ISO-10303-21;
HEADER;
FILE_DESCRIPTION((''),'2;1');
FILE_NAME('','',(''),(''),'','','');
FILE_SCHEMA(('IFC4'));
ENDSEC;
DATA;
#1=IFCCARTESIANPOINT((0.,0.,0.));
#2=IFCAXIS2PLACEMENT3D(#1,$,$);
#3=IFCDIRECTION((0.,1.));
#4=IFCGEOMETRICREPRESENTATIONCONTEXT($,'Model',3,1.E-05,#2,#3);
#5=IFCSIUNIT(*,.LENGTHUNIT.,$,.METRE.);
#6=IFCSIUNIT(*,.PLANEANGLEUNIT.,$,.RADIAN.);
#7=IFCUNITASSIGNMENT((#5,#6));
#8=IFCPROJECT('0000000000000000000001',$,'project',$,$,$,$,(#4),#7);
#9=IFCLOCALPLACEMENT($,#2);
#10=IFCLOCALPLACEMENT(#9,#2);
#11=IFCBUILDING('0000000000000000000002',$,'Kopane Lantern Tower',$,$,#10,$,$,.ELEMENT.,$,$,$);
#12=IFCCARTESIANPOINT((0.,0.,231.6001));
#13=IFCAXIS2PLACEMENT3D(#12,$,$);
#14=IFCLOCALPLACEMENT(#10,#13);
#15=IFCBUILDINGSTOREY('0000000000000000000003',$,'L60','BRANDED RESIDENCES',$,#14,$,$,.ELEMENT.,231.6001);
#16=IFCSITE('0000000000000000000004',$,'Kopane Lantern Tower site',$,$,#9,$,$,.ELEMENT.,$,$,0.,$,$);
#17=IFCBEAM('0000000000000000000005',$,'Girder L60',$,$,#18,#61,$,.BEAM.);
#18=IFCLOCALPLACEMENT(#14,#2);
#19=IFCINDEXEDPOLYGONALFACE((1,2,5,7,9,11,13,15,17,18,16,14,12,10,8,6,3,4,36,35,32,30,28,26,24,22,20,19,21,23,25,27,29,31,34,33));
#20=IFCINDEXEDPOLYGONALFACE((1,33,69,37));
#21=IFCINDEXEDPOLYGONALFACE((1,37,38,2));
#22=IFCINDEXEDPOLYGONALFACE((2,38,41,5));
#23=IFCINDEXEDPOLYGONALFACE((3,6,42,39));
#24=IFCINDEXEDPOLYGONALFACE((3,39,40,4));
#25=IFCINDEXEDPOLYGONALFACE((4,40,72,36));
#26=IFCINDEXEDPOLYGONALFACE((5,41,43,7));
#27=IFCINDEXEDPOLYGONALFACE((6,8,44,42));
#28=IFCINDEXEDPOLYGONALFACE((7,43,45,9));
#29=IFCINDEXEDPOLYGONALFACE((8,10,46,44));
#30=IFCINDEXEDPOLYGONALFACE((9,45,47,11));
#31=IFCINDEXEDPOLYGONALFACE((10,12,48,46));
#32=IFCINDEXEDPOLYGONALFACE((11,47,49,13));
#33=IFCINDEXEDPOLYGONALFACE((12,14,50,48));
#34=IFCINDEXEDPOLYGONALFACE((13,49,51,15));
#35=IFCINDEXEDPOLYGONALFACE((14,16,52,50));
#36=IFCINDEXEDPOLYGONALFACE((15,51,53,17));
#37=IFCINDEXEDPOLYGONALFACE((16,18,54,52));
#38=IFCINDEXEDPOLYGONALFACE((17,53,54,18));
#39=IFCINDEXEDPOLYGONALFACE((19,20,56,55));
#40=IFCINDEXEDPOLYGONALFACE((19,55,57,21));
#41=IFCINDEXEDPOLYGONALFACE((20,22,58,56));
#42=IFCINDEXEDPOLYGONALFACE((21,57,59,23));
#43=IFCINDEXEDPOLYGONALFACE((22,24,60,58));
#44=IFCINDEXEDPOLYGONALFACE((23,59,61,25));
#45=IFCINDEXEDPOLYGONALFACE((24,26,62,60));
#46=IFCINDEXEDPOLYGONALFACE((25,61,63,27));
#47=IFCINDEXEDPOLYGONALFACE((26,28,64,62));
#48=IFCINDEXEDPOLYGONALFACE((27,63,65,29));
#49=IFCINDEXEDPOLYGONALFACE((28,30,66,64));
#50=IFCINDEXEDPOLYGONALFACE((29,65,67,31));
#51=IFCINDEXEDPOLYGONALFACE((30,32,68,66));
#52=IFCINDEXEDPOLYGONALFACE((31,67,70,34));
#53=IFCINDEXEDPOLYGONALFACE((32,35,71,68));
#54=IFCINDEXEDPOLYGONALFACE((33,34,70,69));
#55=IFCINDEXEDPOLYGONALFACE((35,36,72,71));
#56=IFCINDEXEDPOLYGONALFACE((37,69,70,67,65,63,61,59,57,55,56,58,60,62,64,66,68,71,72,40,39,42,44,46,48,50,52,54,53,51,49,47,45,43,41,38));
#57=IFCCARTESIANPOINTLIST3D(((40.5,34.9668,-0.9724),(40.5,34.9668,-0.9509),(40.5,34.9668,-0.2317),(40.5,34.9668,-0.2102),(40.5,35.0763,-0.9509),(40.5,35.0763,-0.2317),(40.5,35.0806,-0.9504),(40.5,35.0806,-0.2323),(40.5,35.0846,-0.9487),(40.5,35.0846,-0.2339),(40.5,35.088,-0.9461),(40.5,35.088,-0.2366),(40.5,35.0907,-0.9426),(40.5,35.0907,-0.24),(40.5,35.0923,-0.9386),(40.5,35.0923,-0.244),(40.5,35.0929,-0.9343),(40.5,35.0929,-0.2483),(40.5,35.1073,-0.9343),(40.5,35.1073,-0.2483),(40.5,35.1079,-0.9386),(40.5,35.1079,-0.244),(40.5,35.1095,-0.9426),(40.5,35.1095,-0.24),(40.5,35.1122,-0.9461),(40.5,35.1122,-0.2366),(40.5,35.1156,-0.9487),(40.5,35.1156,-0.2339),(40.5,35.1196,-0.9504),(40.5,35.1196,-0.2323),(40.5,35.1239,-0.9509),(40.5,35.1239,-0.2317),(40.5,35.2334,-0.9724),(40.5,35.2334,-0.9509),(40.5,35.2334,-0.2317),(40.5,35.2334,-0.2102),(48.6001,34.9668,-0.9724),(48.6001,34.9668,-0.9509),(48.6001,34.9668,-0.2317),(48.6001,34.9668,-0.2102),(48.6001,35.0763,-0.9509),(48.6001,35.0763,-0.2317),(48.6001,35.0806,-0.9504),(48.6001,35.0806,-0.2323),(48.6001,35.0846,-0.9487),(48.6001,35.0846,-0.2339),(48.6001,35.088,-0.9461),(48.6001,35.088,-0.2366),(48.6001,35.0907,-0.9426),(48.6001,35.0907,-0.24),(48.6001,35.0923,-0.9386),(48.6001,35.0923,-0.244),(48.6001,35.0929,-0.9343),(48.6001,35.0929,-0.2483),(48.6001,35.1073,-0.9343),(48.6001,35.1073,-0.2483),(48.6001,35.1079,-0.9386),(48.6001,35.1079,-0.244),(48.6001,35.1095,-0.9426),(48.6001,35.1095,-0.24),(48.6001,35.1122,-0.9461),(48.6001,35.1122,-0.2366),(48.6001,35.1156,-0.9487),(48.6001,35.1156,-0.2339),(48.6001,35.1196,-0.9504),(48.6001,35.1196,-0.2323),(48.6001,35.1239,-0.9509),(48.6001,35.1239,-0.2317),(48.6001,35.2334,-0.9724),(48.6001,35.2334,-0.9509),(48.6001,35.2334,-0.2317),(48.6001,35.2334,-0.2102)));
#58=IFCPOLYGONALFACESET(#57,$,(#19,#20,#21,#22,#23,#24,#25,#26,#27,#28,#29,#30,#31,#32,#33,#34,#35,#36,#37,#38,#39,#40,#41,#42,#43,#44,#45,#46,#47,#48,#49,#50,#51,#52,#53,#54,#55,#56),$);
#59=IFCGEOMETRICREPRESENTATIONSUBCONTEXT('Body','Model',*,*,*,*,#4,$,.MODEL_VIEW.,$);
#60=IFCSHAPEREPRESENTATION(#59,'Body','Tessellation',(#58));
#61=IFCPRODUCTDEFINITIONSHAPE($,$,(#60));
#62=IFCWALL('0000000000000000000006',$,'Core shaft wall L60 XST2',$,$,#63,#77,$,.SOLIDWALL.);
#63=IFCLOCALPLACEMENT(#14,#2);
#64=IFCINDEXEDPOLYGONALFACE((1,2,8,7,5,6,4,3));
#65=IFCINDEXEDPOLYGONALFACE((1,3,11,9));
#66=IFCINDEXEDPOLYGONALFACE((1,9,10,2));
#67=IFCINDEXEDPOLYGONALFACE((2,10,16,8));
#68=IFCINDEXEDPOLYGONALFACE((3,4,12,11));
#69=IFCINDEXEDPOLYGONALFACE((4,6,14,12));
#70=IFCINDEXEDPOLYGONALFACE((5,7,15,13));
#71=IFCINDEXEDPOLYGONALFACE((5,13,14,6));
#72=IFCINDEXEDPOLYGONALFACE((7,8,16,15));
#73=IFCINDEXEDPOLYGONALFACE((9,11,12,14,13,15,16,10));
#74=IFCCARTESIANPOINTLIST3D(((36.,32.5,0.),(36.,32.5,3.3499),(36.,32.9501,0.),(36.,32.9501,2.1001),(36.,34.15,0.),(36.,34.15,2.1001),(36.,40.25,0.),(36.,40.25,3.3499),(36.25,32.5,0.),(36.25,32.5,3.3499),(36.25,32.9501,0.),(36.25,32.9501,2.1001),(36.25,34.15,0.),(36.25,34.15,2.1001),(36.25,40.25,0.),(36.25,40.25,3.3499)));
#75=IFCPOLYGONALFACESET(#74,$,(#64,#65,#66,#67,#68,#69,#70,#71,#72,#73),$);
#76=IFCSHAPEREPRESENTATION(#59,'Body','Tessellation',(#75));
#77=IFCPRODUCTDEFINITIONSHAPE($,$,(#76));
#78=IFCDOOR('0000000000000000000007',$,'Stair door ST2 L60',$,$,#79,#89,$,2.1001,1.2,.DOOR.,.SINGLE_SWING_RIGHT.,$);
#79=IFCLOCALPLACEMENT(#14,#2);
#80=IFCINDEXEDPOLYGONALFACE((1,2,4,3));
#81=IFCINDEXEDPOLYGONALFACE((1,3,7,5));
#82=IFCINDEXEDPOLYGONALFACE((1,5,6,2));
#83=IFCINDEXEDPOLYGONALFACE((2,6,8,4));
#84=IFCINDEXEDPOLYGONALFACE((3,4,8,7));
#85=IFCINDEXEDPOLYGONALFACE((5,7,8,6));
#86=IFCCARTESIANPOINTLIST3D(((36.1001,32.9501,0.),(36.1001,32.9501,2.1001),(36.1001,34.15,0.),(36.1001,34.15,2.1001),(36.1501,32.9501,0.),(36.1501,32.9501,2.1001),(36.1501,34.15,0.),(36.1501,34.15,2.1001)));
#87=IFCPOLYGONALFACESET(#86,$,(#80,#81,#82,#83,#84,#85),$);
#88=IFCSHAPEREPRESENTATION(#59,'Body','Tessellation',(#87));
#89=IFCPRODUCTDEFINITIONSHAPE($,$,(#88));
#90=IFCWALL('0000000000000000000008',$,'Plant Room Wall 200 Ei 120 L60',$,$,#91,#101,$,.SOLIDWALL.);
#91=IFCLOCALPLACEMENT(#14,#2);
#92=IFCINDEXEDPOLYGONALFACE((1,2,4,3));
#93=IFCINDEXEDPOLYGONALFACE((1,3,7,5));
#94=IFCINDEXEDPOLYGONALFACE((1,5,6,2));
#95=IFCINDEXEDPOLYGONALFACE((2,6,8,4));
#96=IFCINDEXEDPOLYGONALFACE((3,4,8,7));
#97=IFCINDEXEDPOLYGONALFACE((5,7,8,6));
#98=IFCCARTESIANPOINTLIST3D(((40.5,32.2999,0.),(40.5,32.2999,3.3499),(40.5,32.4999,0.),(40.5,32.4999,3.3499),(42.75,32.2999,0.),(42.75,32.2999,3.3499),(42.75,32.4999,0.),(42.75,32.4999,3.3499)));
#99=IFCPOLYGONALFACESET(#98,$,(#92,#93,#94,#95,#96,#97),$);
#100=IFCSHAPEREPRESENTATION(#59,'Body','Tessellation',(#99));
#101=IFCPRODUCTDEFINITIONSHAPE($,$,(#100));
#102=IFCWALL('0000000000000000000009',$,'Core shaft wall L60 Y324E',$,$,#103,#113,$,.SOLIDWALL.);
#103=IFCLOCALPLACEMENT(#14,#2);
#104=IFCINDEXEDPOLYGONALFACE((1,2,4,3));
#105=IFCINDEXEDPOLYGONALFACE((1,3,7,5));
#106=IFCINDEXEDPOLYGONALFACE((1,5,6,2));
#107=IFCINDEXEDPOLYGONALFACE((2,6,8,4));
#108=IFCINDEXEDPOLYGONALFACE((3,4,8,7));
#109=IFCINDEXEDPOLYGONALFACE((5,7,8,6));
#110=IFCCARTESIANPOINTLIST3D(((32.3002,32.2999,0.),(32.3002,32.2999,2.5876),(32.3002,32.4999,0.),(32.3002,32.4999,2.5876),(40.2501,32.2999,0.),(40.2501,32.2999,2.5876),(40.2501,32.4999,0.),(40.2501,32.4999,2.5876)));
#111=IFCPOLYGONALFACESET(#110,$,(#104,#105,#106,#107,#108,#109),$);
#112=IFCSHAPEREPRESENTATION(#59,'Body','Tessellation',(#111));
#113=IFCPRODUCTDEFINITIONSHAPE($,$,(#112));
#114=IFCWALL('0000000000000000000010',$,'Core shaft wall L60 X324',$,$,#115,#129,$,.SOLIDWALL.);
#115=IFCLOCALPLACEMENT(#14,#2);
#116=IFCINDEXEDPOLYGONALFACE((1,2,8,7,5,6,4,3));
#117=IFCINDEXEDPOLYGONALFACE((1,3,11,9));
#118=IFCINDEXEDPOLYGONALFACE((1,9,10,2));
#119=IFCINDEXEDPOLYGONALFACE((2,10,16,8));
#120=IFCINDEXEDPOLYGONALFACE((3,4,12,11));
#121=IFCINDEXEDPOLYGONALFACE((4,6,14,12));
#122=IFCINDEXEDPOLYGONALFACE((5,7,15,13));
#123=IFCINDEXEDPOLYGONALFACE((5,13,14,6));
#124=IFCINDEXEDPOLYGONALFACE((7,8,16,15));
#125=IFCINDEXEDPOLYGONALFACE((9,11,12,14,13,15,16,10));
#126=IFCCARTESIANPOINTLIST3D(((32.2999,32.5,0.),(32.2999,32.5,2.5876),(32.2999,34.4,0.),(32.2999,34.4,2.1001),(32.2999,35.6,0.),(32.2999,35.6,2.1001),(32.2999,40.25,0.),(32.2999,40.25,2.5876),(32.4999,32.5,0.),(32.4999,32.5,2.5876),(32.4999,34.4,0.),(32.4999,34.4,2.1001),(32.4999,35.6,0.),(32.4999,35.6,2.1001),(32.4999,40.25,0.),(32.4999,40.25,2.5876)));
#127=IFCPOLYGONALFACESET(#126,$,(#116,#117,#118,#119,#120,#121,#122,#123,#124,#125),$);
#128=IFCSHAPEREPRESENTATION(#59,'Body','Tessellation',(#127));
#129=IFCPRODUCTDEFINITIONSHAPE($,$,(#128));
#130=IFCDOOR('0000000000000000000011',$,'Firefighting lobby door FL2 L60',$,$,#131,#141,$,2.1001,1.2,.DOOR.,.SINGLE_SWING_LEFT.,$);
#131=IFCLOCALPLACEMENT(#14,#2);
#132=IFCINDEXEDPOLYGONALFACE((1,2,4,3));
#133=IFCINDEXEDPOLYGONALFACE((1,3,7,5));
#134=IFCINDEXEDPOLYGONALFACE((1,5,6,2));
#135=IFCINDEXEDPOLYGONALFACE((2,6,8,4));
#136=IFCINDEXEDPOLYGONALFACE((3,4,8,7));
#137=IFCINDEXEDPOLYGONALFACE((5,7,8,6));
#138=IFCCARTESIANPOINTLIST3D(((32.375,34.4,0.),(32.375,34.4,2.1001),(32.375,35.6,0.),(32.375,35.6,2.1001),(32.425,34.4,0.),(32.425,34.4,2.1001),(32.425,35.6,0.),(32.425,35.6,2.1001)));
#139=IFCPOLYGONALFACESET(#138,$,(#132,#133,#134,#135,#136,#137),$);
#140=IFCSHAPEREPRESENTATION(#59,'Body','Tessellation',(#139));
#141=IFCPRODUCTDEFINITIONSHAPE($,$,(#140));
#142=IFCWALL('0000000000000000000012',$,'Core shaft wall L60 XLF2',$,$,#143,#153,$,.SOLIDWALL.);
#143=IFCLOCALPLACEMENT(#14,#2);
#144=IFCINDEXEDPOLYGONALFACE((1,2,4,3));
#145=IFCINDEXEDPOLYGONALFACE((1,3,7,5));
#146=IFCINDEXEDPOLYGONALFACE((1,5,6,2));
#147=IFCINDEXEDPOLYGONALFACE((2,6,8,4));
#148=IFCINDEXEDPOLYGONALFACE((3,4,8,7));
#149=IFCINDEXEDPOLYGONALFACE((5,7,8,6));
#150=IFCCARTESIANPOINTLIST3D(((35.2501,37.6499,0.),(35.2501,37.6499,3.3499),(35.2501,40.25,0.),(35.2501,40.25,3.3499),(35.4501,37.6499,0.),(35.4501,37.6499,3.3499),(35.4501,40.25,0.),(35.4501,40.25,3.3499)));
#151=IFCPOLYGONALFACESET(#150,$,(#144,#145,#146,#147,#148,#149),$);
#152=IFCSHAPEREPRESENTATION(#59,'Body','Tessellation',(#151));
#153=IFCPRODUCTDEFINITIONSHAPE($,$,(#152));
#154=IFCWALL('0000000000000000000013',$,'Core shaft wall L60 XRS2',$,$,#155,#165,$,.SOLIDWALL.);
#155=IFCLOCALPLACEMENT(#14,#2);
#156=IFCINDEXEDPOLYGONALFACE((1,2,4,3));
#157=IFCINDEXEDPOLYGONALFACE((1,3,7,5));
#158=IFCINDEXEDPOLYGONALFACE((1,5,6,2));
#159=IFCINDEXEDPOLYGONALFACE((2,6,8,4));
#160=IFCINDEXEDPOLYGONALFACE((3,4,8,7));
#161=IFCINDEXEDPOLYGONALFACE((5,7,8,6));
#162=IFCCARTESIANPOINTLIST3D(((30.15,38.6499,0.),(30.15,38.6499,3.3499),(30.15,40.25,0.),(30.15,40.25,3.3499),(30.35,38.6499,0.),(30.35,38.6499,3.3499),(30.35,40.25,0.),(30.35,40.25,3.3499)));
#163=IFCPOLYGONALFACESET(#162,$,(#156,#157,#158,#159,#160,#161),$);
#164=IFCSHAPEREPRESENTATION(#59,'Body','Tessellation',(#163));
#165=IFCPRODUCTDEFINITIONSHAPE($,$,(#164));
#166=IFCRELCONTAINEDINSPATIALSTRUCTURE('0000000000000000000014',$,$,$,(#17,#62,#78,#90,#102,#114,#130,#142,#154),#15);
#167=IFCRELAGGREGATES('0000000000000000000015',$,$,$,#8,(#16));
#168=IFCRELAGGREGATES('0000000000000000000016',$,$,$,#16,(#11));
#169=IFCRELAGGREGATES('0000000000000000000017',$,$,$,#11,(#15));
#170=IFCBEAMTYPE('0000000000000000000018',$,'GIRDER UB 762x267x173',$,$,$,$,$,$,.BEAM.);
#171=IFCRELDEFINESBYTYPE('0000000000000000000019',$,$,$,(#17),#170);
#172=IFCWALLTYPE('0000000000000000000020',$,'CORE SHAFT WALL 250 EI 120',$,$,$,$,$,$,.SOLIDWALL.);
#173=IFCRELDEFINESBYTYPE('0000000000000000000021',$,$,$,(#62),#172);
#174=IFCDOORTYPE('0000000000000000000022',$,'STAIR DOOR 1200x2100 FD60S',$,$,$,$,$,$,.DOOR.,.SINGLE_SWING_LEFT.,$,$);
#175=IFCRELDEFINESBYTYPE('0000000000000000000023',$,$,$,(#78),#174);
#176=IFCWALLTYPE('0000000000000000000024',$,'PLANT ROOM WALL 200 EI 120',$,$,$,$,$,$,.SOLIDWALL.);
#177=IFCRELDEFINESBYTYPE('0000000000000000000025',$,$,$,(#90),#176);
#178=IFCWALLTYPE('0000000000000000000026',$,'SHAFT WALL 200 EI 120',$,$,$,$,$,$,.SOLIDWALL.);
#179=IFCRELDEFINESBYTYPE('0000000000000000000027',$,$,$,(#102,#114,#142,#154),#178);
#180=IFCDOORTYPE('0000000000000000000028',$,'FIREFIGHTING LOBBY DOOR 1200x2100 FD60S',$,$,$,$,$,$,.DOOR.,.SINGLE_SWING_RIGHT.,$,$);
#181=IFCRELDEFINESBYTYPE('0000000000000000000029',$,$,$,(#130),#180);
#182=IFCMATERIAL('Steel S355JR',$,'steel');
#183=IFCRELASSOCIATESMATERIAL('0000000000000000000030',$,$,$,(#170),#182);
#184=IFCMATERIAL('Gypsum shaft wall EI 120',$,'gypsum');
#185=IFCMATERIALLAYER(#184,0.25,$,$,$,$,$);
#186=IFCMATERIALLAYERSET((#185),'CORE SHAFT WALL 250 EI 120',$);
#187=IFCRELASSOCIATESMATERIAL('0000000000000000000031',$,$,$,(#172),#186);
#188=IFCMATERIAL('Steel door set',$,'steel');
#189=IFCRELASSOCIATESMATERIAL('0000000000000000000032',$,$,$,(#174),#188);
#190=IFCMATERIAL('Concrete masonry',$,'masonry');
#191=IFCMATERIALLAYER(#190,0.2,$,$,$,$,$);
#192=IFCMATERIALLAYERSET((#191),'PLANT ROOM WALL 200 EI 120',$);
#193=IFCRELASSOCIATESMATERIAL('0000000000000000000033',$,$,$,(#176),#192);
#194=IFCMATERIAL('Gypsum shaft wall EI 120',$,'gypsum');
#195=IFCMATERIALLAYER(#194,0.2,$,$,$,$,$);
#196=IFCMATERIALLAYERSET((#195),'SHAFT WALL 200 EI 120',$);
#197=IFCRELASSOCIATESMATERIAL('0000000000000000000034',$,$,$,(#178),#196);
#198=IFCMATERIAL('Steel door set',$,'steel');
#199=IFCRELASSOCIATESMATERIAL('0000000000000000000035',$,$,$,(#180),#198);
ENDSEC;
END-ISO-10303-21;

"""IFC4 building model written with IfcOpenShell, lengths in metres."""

from ifc_helpers import new_model, si_unit, direction, frame, frame_2d, origin, origin_2d, place, context, subcontext, project, spatial, rectangle, i_section, extrude, material, layer, layer_set, material_profile, profile_set, type_object, element, fill, save


model = new_model("IFC4")

# Units and contexts
model_context = context("Model", 3, precision=1e-05, world=origin(), true_north=direction((0.0, 1.0)))
body_context = subcontext(model_context, "Body", "Model", "MODEL_VIEW")
ifc_project = project(units=[si_unit("LENGTHUNIT", "METRE"), si_unit("PLANEANGLEUNIT", "RADIAN")], contexts=[model_context])

# Site, building, storey
site_placement = place(None, origin())
site = spatial("IfcSite", under=ifc_project, at=site_placement, Name="Kopane Lantern Tower site", CompositionType="ELEMENT", RefElevation=0.0)
building_placement = place(site_placement, origin())
building = spatial("IfcBuilding", under=site, at=building_placement, Name="Kopane Lantern Tower", CompositionType="ELEMENT")
storey_placement = place(building_placement, frame((0.0, 0.0, 231.6001)))
storey = spatial("IfcBuildingStorey", under=building, at=storey_placement, Name="L60", Description="BRANDED RESIDENCES", CompositionType="ELEMENT", Elevation=231.6001)

# Beam
ifc_material_1 = material(Name="Steel S355JR", Category="steel")
ifc_material_profile_1 = material_profile(ifc_material_1, i_section(OverallWidth=0.2666, OverallDepth=0.7622, WebThickness=0.0144, FlangeThickness=0.0215, FilletRadius=0.0166, at=origin_2d()), Name="UB 762x267x173")
ifc_profile_set_1 = profile_set([ifc_material_profile_1], Name="Steel S355JR")
beam_type_1 = type_object("IfcBeamType", Name="GIRDER UB 762x267x173", PredefinedType="BEAM", material=ifc_profile_set_1)
for number, where, z_axis, x_axis, name in (
    (1, (40.5, 35.1001, -0.5913), (1.0, 0.0, 0.0), (0.0, 1.0, 0.0), "Girder L60"),
):
    element("IfcBeam", number, at=place(storey_placement, frame(where, z_axis=z_axis, x_axis=x_axis)), inside=storey, type_object=beam_type_1, Name=name, PredefinedType="BEAM", context=body_context, shape_type="SweptSolid", body=[
        extrude(i_section(OverallWidth=0.2666, OverallDepth=0.7622, WebThickness=0.0144, FlangeThickness=0.0215, FilletRadius=0.0166, at=origin_2d()), origin(), (0.0, 0.0, 1.0), 8.1001),
    ])

# Wall, opening, door
ifc_material_2 = material(Name="Gypsum shaft wall EI 120", Category="gypsum")
ifc_layer_1 = layer(ifc_material_2, 0.25)
ifc_layer_set_1 = layer_set([ifc_layer_1], Name="CORE SHAFT WALL 250 EI 120")
wall_type_1 = type_object("IfcWallType", Name="CORE SHAFT WALL 250 EI 120", PredefinedType="SOLIDWALL", material=ifc_layer_set_1)
wall_1_placement = place(storey_placement, frame((36.125, 32.5, 0.0), z_axis=(0.0, 0.0, 1.0), x_axis=(0.0, 1.0, 0.0)))
wall_1 = element("IfcWall", 2, at=wall_1_placement, inside=storey, type_object=wall_type_1, Name="Core shaft wall L60 XST2", PredefinedType="SOLIDWALL", context=body_context, shape_type="SweptSolid", body=[
    extrude(rectangle(XDim=7.75, YDim=0.25, at=frame_2d((3.875, 0.0))), origin(), (0.0, 0.0, 1.0), 3.3499),
])
opening_1_placement = place(wall_1_placement, frame((0.45, 0.0, 0.0)))
opening_1 = element("IfcOpeningElement", 3, at=opening_1_placement, cuts=wall_1, PredefinedType="OPENING", context=body_context, shape_type="SweptSolid", body=[
    extrude(rectangle(XDim=1.2, YDim=2.1001, at=frame_2d((0.6001, 1.05))), frame((0.0, 0.135, 0.0), z_axis=(0.0, -1.0, 0.0), x_axis=(1.0, 0.0, 0.0)), (0.0, 0.0, 1.0), 0.27),
])
ifc_material_3 = material(Name="Steel door set", Category="steel")
door_type_1 = type_object("IfcDoorType", Name="STAIR DOOR 1200x2100 FD60S", OperationType="SINGLE_SWING_LEFT", PredefinedType="DOOR", material=ifc_material_3)
door_1_placement = place(opening_1_placement, origin())
door_1 = element("IfcDoor", 4, at=door_1_placement, inside=storey, type_object=door_type_1, Name="Stair door ST2 L60", OperationType="SINGLE_SWING_RIGHT", OverallHeight=2.1001, OverallWidth=1.2, PredefinedType="DOOR", context=body_context, shape_type="SweptSolid", body=[
    extrude(rectangle(XDim=1.2, YDim=2.1001, at=frame_2d((0.6001, 1.05))), frame((0.0, 0.0249, 0.0), z_axis=(0.0, -1.0, 0.0), x_axis=(1.0, 0.0, 0.0)), (0.0, 0.0, 1.0), 0.05),
])
fill(opening_1, door_1)

# Walls
ifc_material_4 = material(Name="Concrete masonry", Category="masonry")
ifc_layer_2 = layer(ifc_material_4, 0.2)
ifc_layer_set_2 = layer_set([ifc_layer_2], Name="PLANT ROOM WALL 200 EI 120")
wall_type_2 = type_object("IfcWallType", Name="PLANT ROOM WALL 200 EI 120", PredefinedType="SOLIDWALL", material=ifc_layer_set_2)
wall_2_placement = place(storey_placement, frame((40.5, 32.3999, 0.0), z_axis=(0.0, 0.0, 1.0), x_axis=(1.0, 0.0, 0.0)))
element("IfcWall", 5, at=wall_2_placement, inside=storey, type_object=wall_type_2, Name="Plant Room Wall 200 Ei 120 L60", PredefinedType="SOLIDWALL", context=body_context, shape_type="SweptSolid", body=[
    extrude(rectangle(XDim=2.25, YDim=0.2, at=frame_2d((1.125, 0.0))), origin(), (0.0, 0.0, 1.0), 3.3499),
])
ifc_material_5 = material(Name="Gypsum shaft wall EI 120", Category="gypsum")
ifc_layer_3 = layer(ifc_material_5, 0.2)
ifc_layer_set_3 = layer_set([ifc_layer_3], Name="SHAFT WALL 200 EI 120")
wall_type_3 = type_object("IfcWallType", Name="SHAFT WALL 200 EI 120", PredefinedType="SOLIDWALL", material=ifc_layer_set_3)
wall_3_placement = place(storey_placement, frame((32.3, 32.3999, 0.0), z_axis=(0.0, 0.0, 1.0), x_axis=(1.0, 0.0, 0.0)))
element("IfcWall", 6, at=wall_3_placement, inside=storey, type_object=wall_type_3, Name="Core shaft wall L60 Y324E", PredefinedType="SOLIDWALL", context=body_context, shape_type="SweptSolid", body=[
    extrude(rectangle(XDim=7.95, YDim=0.2, at=frame_2d((3.9751, 0.0))), origin(), (0.0, 0.0, 1.0), 2.5876),
])

# Wall, opening, door
wall_4_placement = place(storey_placement, frame((32.3999, 32.5, 0.0), z_axis=(0.0, 0.0, 1.0), x_axis=(0.0, 1.0, 0.0)))
wall_4 = element("IfcWall", 7, at=wall_4_placement, inside=storey, type_object=wall_type_3, Name="Core shaft wall L60 X324", PredefinedType="SOLIDWALL", context=body_context, shape_type="SweptSolid", body=[
    extrude(rectangle(XDim=7.75, YDim=0.2, at=frame_2d((3.875, 0.0))), origin(), (0.0, 0.0, 1.0), 2.5876),
])
opening_2_placement = place(wall_4_placement, frame((1.8999, 0.0, 0.0)))
opening_2 = element("IfcOpeningElement", 8, at=opening_2_placement, cuts=wall_4, PredefinedType="OPENING", context=body_context, shape_type="SweptSolid", body=[
    extrude(rectangle(XDim=1.2, YDim=2.1001, at=frame_2d((0.6001, 1.05))), frame((0.0, 0.1099, 0.0), z_axis=(0.0, -1.0, 0.0), x_axis=(1.0, 0.0, 0.0)), (0.0, 0.0, 1.0), 0.22),
])
ifc_material_6 = material(Name="Steel door set", Category="steel")
door_type_2 = type_object("IfcDoorType", Name="FIREFIGHTING LOBBY DOOR 1200x2100 FD60S", OperationType="SINGLE_SWING_RIGHT", PredefinedType="DOOR", material=ifc_material_6)
door_2_placement = place(opening_2_placement, origin())
door_2 = element("IfcDoor", 9, at=door_2_placement, inside=storey, type_object=door_type_2, Name="Firefighting lobby door FL2 L60", OperationType="SINGLE_SWING_LEFT", OverallHeight=2.1001, OverallWidth=1.2, PredefinedType="DOOR", context=body_context, shape_type="SweptSolid", body=[
    extrude(rectangle(XDim=1.2, YDim=2.1001, at=frame_2d((0.6001, 1.05))), frame((0.0, 0.0249, 0.0), z_axis=(0.0, -1.0, 0.0), x_axis=(1.0, 0.0, 0.0)), (0.0, 0.0, 1.0), 0.05),
])
fill(opening_2, door_2)

# Walls
wall_5_placement = place(storey_placement, frame((35.3501, 37.6499, 0.0), z_axis=(0.0, 0.0, 1.0), x_axis=(0.0, 1.0, 0.0)))
element("IfcWall", 10, at=wall_5_placement, inside=storey, type_object=wall_type_3, Name="Core shaft wall L60 XLF2", PredefinedType="SOLIDWALL", context=body_context, shape_type="SweptSolid", body=[
    extrude(rectangle(XDim=2.6001, YDim=0.2, at=frame_2d((1.3, 0.0))), origin(), (0.0, 0.0, 1.0), 3.3499),
])
wall_6_placement = place(storey_placement, frame((30.25, 38.6499, 0.0), z_axis=(0.0, 0.0, 1.0), x_axis=(0.0, 1.0, 0.0)))
element("IfcWall", 11, at=wall_6_placement, inside=storey, type_object=wall_type_3, Name="Core shaft wall L60 XRS2", PredefinedType="SOLIDWALL", context=body_context, shape_type="SweptSolid", body=[
    extrude(rectangle(XDim=1.6001, YDim=0.2, at=frame_2d((0.8, 0.0))), origin(), (0.0, 0.0, 1.0), 3.3499),
])

save(model, "model.ifc")
